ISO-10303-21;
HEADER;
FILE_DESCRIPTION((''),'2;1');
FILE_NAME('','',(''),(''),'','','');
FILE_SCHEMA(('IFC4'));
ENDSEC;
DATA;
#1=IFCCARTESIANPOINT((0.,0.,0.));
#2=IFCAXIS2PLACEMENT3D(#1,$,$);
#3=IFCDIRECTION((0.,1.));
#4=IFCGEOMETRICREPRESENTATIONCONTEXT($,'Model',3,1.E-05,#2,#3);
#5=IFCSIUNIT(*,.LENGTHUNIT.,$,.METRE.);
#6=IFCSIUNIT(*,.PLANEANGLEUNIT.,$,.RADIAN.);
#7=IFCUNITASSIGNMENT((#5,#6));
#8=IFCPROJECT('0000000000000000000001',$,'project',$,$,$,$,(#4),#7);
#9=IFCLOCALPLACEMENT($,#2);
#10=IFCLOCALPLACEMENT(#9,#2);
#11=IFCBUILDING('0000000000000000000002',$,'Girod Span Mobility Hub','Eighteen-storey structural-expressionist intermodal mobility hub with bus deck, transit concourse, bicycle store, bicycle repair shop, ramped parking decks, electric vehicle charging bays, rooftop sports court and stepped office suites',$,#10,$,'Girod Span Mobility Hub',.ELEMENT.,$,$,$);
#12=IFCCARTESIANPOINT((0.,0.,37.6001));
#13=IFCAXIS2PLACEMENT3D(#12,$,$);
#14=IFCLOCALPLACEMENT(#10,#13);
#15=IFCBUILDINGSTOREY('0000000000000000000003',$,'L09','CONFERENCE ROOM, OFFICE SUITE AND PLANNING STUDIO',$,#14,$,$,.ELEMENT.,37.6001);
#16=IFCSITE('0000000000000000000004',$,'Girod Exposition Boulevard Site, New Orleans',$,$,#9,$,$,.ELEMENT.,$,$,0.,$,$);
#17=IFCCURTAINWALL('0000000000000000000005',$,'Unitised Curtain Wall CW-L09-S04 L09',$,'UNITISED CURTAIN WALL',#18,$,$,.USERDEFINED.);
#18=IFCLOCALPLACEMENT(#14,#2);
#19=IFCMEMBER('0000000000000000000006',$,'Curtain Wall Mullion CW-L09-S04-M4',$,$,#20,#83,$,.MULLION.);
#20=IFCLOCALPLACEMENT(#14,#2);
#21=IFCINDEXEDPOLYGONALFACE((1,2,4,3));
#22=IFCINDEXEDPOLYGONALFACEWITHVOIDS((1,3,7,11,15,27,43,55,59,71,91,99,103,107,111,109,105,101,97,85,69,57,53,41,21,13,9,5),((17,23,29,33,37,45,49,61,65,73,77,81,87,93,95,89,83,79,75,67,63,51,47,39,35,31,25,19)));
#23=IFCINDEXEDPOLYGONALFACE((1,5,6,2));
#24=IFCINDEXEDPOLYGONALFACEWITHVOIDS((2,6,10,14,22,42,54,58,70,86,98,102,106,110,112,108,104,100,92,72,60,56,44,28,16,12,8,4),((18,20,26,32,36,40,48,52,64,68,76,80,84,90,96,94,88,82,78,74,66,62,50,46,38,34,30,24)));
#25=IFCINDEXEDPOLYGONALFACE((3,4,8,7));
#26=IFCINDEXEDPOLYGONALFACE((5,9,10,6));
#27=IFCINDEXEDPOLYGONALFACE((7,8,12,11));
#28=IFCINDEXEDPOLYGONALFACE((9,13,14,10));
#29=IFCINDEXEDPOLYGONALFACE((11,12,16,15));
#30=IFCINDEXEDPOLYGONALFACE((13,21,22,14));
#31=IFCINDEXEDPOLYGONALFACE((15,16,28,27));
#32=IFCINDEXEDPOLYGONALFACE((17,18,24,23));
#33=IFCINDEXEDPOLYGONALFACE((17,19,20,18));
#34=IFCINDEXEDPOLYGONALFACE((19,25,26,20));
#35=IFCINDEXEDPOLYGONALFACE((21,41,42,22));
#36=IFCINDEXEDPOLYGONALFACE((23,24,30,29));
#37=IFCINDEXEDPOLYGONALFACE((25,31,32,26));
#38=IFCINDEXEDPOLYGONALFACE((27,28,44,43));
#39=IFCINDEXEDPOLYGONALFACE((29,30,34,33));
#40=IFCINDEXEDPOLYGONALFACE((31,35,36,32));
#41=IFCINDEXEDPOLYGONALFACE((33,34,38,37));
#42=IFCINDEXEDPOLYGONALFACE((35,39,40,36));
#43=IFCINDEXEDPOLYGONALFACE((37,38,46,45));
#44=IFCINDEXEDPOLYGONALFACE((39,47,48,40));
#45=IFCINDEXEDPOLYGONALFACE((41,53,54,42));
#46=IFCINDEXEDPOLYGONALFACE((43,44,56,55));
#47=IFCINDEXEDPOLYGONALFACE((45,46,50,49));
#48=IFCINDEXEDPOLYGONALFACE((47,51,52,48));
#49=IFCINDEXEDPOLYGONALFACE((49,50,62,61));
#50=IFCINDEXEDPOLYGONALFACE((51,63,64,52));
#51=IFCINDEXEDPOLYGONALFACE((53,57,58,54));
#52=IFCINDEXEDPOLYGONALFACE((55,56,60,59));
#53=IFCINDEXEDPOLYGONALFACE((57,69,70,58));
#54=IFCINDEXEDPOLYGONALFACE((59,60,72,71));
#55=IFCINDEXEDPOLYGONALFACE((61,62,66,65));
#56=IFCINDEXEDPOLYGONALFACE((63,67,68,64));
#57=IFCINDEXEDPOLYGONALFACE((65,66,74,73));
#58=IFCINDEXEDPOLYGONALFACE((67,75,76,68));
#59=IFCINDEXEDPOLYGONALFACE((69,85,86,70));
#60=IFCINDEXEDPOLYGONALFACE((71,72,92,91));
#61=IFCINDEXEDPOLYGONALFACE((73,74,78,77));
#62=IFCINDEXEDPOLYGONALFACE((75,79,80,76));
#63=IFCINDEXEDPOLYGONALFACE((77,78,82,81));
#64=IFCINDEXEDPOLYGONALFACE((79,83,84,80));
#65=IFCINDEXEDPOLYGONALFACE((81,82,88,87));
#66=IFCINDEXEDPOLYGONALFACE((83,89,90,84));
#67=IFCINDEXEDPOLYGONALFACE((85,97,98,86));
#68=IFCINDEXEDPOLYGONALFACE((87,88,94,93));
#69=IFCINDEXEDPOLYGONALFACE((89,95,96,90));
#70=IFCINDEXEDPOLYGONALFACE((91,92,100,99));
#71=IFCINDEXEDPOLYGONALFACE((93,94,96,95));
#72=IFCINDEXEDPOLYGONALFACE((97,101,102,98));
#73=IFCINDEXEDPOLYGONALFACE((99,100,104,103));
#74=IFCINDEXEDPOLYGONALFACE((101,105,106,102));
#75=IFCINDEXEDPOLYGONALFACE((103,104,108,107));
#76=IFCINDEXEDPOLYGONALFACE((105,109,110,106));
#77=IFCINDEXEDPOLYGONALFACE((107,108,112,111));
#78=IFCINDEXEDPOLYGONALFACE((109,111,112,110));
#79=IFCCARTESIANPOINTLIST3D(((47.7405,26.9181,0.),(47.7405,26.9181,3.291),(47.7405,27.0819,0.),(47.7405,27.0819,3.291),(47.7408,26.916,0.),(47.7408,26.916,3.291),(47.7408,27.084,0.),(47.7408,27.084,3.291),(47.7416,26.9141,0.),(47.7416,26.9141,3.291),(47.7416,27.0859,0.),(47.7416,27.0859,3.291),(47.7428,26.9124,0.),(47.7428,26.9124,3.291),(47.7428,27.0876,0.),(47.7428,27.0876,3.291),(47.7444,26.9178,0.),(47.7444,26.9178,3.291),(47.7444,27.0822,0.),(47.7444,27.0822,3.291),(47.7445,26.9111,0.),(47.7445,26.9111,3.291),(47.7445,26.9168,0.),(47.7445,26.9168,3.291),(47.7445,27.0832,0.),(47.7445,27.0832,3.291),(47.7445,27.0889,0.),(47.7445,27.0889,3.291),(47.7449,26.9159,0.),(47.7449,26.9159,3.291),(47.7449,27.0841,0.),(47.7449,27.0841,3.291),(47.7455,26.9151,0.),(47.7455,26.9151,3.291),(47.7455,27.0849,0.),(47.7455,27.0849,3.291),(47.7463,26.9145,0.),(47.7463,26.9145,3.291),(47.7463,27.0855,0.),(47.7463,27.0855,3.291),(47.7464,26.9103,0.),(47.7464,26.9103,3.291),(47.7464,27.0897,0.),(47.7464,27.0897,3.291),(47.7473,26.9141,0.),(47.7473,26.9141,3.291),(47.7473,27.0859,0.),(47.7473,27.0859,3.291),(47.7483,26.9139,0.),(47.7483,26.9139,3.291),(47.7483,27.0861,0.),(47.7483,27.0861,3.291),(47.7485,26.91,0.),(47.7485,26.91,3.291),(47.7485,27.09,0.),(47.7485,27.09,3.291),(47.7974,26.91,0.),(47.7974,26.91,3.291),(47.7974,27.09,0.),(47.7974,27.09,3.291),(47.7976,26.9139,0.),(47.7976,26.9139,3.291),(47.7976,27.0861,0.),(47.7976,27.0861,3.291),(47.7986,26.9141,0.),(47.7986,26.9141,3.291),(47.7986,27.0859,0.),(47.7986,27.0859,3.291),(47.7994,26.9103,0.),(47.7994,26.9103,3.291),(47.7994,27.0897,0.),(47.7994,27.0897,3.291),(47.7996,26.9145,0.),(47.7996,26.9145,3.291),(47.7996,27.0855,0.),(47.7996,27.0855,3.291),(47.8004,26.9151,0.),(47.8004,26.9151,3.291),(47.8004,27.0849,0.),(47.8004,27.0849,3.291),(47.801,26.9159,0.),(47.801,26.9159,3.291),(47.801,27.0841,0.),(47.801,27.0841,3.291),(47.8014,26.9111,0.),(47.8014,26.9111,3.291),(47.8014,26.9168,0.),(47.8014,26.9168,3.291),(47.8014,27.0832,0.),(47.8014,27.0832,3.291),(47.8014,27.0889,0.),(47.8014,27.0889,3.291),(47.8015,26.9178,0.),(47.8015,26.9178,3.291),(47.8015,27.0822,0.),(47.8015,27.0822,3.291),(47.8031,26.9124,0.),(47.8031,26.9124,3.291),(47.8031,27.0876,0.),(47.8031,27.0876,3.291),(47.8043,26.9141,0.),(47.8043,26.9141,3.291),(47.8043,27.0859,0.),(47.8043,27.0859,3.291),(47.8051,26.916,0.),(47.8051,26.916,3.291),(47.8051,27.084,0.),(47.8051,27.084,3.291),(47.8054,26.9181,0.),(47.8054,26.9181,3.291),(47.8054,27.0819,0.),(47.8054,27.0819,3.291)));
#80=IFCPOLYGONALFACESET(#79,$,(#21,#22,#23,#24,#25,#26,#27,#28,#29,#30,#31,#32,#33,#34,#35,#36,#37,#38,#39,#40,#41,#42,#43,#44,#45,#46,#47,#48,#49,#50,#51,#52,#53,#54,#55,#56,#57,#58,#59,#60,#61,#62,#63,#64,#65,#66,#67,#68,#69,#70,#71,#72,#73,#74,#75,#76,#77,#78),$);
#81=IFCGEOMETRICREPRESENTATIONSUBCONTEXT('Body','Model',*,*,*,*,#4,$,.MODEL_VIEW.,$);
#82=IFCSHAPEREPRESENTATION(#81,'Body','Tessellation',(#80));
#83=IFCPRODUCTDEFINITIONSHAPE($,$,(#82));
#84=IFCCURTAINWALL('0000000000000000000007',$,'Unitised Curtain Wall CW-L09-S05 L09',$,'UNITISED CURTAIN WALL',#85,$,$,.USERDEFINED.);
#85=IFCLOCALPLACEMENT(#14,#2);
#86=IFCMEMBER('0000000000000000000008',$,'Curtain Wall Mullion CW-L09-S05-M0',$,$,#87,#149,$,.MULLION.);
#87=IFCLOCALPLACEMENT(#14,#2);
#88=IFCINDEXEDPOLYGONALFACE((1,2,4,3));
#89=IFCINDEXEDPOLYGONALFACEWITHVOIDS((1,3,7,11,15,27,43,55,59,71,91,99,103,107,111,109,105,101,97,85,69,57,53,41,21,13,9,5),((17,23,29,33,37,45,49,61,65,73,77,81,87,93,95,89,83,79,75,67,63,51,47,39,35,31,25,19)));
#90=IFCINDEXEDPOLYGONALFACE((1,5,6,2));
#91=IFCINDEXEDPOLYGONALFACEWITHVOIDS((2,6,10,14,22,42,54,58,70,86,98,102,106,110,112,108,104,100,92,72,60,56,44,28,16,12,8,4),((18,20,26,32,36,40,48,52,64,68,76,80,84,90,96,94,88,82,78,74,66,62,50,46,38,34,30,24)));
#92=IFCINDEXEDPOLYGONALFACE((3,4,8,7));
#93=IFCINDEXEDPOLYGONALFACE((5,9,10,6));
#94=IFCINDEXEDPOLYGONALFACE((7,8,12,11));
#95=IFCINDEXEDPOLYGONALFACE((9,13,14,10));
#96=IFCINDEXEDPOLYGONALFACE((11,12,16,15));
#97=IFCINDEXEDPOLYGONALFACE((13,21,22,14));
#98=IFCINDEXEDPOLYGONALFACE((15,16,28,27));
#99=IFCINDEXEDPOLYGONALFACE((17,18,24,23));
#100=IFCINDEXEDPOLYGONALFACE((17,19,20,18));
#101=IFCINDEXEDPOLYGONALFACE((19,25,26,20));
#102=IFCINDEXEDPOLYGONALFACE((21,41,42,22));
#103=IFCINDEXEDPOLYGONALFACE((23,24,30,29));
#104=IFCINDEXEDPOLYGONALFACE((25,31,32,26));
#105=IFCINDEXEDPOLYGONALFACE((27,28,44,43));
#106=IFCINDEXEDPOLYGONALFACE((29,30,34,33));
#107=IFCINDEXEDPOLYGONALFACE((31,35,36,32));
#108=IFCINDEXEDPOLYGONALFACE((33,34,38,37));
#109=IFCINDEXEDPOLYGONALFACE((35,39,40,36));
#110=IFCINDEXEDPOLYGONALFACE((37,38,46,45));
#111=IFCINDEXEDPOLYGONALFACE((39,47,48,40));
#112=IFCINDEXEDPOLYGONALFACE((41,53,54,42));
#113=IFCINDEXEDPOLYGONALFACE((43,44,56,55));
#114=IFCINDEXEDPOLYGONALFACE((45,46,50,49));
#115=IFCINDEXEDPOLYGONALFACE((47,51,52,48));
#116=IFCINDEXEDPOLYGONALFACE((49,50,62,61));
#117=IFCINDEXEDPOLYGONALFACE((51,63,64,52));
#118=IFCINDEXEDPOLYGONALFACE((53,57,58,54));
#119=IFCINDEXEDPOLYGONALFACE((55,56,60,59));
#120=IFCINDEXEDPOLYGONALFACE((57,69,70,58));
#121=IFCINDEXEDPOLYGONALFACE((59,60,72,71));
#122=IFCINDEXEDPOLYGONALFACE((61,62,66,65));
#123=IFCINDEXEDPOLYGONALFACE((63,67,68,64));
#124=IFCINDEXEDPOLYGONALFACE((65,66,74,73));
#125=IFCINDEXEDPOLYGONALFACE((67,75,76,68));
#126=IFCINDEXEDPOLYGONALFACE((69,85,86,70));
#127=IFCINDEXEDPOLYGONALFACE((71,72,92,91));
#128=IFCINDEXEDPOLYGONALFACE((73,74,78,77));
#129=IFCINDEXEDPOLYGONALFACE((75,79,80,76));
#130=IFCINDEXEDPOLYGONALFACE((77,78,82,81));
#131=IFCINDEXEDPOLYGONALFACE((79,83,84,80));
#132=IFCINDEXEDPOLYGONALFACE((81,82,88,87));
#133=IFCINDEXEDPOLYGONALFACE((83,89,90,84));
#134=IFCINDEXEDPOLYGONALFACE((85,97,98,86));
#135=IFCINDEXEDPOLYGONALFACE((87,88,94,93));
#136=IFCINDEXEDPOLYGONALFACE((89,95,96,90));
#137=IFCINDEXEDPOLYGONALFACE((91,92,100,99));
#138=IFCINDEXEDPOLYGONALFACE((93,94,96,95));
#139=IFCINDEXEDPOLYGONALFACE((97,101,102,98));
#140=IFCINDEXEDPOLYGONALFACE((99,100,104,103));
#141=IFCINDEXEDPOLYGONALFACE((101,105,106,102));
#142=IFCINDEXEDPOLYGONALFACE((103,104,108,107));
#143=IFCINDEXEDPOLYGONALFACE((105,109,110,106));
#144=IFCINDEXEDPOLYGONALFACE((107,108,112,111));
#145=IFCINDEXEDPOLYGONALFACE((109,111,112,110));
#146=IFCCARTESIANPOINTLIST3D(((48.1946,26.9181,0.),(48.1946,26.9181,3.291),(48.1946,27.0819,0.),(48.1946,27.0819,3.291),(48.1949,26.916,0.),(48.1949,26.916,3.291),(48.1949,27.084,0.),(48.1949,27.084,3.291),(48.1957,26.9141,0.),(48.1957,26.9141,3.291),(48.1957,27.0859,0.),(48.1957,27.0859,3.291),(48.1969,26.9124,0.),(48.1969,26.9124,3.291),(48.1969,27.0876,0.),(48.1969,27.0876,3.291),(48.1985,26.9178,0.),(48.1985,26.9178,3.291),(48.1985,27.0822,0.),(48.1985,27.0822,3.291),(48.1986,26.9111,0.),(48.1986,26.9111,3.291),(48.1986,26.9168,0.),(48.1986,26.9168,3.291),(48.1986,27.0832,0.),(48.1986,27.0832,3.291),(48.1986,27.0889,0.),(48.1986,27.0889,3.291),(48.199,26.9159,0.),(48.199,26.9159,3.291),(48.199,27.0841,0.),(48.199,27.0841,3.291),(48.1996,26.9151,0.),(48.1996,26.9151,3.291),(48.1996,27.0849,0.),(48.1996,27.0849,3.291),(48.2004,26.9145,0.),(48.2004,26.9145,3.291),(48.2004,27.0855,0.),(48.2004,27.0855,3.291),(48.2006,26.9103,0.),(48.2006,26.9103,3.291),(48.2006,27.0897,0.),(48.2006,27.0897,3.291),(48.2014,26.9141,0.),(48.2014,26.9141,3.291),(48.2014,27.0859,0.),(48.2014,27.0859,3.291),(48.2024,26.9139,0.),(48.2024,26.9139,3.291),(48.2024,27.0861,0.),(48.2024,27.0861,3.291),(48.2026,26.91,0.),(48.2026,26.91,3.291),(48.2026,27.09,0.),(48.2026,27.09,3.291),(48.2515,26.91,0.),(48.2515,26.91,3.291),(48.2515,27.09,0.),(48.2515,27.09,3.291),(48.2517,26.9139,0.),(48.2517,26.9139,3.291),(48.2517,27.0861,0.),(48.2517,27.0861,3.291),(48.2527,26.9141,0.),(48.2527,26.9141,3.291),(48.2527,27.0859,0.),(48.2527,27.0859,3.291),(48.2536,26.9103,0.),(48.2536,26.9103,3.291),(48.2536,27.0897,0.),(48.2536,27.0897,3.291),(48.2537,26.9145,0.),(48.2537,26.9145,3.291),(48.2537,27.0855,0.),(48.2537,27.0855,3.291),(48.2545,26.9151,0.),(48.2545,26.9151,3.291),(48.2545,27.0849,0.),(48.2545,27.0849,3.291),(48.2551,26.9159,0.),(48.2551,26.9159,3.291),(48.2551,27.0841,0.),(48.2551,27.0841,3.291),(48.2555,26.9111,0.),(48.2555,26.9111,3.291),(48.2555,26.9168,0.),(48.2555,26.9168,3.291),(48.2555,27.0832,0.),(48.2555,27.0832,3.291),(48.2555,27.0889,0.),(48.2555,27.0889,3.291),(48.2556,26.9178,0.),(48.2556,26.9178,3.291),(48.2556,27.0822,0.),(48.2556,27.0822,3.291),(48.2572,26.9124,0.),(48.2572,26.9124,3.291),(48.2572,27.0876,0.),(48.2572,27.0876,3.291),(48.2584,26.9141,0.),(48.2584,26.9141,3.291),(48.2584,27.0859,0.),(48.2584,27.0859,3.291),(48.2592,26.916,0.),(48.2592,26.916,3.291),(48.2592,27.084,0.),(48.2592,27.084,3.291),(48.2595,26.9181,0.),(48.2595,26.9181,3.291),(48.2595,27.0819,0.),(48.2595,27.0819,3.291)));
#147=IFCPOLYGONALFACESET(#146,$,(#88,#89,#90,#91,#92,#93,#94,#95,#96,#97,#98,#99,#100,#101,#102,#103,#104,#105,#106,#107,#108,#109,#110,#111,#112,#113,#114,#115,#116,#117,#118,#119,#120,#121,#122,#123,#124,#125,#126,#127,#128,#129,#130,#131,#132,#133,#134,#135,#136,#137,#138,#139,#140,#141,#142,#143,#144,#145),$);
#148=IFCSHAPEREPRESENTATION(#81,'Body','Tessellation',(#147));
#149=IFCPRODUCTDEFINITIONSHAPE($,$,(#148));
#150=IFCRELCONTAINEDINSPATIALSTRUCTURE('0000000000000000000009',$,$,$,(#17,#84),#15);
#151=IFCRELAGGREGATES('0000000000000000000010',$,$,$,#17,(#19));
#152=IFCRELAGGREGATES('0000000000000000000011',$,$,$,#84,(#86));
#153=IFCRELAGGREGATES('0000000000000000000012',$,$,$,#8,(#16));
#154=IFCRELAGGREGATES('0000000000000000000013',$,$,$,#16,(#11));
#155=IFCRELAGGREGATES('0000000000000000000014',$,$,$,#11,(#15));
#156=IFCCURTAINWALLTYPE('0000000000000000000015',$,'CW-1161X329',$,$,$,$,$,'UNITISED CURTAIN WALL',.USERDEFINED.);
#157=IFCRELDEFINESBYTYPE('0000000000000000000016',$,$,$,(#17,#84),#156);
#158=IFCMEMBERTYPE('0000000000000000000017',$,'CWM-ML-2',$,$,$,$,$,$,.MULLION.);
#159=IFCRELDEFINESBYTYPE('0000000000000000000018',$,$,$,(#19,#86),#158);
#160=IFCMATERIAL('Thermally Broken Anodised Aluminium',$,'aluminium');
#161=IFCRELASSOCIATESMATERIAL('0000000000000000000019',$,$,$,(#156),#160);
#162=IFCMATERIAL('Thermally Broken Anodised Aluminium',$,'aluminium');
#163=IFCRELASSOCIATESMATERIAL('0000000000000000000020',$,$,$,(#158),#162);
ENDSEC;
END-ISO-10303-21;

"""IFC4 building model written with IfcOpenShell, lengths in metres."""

from ifc_helpers import new_model, si_unit, direction, frame, origin, origin_2d, place, context, subcontext, project, spatial, hollow_rectangle, extrude, material, material_profile, profile_set, type_object, element, aggregate, save


model = new_model("IFC4")

# Units and contexts
model_context = context("Model", 3, precision=1e-05, world=origin(), true_north=direction((0.0, 1.0)))
body_context = subcontext(model_context, "Body", "Model", "MODEL_VIEW")
ifc_project = project(units=[si_unit("LENGTHUNIT", "METRE"), si_unit("PLANEANGLEUNIT", "RADIAN")], contexts=[model_context])

# Site, building, storey
site_placement = place(None, origin())
site = spatial("IfcSite", under=ifc_project, at=site_placement, Name="Girod Exposition Boulevard Site, New Orleans", CompositionType="ELEMENT", RefElevation=0.0)
building_placement = place(site_placement, origin())
building = spatial("IfcBuilding", under=site, at=building_placement, Name="Girod Span Mobility Hub", Description="Eighteen-storey structural-expressionist intermodal mobility hub with bus deck, transit concourse, bicycle store, bicycle repair shop, ramped parking decks, electric vehicle charging bays, rooftop sports court and stepped office suites", LongName="Girod Span Mobility Hub", CompositionType="ELEMENT")
storey_placement = place(building_placement, frame((0.0, 0.0, 37.6001)))
storey = spatial("IfcBuildingStorey", under=building, at=storey_placement, Name="L09", Description="CONFERENCE ROOM, OFFICE SUITE AND PLANNING STUDIO", CompositionType="ELEMENT", Elevation=37.6001)

# Curtain wall, member
ifc_material_1 = material(Name="Thermally Broken Anodised Aluminium", Category="aluminium")
curtain_wall_type = type_object("IfcCurtainWallType", Name="CW-1161X329", ElementType="UNITISED CURTAIN WALL", PredefinedType="USERDEFINED", material=ifc_material_1)
curtain_wall_1_placement = place(storey_placement, origin())
curtain_wall_1 = element("IfcCurtainWall", 1, at=curtain_wall_1_placement, inside=storey, type_object=curtain_wall_type, Name="Unitised Curtain Wall CW-L09-S04 L09", ObjectType="UNITISED CURTAIN WALL", PredefinedType="USERDEFINED")
ifc_material_2 = material(Name="Thermally Broken Anodised Aluminium", Category="aluminium")
ifc_material_profile_1 = material_profile(ifc_material_2, hollow_rectangle(XDim=0.1799, YDim=0.0649, WallThickness=0.0039, InnerFilletRadius=0.0039, OuterFilletRadius=0.0081, at=origin_2d()), Name="CW-ML-65X180")
ifc_profile_set_1 = profile_set([ifc_material_profile_1], Name="Thermally Broken Anodised Aluminium")
member_type_1 = type_object("IfcMemberType", Name="CWM-ML-2", PredefinedType="MULLION", material=ifc_profile_set_1)
member_1_placement = place(storey_placement, frame((47.7729, 27.0, 0.0), z_axis=(0.0, 0.0, 1.0), x_axis=(0.0, 1.0, 0.0)))
member_1 = element("IfcMember", 2, at=member_1_placement, type_object=member_type_1, Name="Curtain Wall Mullion CW-L09-S04-M4", PredefinedType="MULLION", context=body_context, shape_type="SweptSolid", body=[
    extrude(hollow_rectangle(XDim=0.1799, YDim=0.0649, WallThickness=0.0039, InnerFilletRadius=0.0039, OuterFilletRadius=0.0081, at=origin_2d()), origin(), (0.0, 0.0, 1.0), 3.291),
])

# Curtain wall, member
curtain_wall_2_placement = place(storey_placement, origin())
curtain_wall_2 = element("IfcCurtainWall", 3, at=curtain_wall_2_placement, inside=storey, type_object=curtain_wall_type, Name="Unitised Curtain Wall CW-L09-S05 L09", ObjectType="UNITISED CURTAIN WALL", PredefinedType="USERDEFINED")
member_2_placement = place(storey_placement, frame((48.2271, 27.0, 0.0), z_axis=(0.0, 0.0, 1.0), x_axis=(0.0, 1.0, 0.0)))
member_2 = element("IfcMember", 4, at=member_2_placement, type_object=member_type_1, Name="Curtain Wall Mullion CW-L09-S05-M0", PredefinedType="MULLION", context=body_context, shape_type="SweptSolid", body=[
    extrude(hollow_rectangle(XDim=0.1799, YDim=0.0649, WallThickness=0.0039, InnerFilletRadius=0.0039, OuterFilletRadius=0.0081, at=origin_2d()), origin(), (0.0, 0.0, 1.0), 3.291),
])

aggregate(curtain_wall_1, [member_1])
aggregate(curtain_wall_2, [member_2])

save(model, "model.ifc")
